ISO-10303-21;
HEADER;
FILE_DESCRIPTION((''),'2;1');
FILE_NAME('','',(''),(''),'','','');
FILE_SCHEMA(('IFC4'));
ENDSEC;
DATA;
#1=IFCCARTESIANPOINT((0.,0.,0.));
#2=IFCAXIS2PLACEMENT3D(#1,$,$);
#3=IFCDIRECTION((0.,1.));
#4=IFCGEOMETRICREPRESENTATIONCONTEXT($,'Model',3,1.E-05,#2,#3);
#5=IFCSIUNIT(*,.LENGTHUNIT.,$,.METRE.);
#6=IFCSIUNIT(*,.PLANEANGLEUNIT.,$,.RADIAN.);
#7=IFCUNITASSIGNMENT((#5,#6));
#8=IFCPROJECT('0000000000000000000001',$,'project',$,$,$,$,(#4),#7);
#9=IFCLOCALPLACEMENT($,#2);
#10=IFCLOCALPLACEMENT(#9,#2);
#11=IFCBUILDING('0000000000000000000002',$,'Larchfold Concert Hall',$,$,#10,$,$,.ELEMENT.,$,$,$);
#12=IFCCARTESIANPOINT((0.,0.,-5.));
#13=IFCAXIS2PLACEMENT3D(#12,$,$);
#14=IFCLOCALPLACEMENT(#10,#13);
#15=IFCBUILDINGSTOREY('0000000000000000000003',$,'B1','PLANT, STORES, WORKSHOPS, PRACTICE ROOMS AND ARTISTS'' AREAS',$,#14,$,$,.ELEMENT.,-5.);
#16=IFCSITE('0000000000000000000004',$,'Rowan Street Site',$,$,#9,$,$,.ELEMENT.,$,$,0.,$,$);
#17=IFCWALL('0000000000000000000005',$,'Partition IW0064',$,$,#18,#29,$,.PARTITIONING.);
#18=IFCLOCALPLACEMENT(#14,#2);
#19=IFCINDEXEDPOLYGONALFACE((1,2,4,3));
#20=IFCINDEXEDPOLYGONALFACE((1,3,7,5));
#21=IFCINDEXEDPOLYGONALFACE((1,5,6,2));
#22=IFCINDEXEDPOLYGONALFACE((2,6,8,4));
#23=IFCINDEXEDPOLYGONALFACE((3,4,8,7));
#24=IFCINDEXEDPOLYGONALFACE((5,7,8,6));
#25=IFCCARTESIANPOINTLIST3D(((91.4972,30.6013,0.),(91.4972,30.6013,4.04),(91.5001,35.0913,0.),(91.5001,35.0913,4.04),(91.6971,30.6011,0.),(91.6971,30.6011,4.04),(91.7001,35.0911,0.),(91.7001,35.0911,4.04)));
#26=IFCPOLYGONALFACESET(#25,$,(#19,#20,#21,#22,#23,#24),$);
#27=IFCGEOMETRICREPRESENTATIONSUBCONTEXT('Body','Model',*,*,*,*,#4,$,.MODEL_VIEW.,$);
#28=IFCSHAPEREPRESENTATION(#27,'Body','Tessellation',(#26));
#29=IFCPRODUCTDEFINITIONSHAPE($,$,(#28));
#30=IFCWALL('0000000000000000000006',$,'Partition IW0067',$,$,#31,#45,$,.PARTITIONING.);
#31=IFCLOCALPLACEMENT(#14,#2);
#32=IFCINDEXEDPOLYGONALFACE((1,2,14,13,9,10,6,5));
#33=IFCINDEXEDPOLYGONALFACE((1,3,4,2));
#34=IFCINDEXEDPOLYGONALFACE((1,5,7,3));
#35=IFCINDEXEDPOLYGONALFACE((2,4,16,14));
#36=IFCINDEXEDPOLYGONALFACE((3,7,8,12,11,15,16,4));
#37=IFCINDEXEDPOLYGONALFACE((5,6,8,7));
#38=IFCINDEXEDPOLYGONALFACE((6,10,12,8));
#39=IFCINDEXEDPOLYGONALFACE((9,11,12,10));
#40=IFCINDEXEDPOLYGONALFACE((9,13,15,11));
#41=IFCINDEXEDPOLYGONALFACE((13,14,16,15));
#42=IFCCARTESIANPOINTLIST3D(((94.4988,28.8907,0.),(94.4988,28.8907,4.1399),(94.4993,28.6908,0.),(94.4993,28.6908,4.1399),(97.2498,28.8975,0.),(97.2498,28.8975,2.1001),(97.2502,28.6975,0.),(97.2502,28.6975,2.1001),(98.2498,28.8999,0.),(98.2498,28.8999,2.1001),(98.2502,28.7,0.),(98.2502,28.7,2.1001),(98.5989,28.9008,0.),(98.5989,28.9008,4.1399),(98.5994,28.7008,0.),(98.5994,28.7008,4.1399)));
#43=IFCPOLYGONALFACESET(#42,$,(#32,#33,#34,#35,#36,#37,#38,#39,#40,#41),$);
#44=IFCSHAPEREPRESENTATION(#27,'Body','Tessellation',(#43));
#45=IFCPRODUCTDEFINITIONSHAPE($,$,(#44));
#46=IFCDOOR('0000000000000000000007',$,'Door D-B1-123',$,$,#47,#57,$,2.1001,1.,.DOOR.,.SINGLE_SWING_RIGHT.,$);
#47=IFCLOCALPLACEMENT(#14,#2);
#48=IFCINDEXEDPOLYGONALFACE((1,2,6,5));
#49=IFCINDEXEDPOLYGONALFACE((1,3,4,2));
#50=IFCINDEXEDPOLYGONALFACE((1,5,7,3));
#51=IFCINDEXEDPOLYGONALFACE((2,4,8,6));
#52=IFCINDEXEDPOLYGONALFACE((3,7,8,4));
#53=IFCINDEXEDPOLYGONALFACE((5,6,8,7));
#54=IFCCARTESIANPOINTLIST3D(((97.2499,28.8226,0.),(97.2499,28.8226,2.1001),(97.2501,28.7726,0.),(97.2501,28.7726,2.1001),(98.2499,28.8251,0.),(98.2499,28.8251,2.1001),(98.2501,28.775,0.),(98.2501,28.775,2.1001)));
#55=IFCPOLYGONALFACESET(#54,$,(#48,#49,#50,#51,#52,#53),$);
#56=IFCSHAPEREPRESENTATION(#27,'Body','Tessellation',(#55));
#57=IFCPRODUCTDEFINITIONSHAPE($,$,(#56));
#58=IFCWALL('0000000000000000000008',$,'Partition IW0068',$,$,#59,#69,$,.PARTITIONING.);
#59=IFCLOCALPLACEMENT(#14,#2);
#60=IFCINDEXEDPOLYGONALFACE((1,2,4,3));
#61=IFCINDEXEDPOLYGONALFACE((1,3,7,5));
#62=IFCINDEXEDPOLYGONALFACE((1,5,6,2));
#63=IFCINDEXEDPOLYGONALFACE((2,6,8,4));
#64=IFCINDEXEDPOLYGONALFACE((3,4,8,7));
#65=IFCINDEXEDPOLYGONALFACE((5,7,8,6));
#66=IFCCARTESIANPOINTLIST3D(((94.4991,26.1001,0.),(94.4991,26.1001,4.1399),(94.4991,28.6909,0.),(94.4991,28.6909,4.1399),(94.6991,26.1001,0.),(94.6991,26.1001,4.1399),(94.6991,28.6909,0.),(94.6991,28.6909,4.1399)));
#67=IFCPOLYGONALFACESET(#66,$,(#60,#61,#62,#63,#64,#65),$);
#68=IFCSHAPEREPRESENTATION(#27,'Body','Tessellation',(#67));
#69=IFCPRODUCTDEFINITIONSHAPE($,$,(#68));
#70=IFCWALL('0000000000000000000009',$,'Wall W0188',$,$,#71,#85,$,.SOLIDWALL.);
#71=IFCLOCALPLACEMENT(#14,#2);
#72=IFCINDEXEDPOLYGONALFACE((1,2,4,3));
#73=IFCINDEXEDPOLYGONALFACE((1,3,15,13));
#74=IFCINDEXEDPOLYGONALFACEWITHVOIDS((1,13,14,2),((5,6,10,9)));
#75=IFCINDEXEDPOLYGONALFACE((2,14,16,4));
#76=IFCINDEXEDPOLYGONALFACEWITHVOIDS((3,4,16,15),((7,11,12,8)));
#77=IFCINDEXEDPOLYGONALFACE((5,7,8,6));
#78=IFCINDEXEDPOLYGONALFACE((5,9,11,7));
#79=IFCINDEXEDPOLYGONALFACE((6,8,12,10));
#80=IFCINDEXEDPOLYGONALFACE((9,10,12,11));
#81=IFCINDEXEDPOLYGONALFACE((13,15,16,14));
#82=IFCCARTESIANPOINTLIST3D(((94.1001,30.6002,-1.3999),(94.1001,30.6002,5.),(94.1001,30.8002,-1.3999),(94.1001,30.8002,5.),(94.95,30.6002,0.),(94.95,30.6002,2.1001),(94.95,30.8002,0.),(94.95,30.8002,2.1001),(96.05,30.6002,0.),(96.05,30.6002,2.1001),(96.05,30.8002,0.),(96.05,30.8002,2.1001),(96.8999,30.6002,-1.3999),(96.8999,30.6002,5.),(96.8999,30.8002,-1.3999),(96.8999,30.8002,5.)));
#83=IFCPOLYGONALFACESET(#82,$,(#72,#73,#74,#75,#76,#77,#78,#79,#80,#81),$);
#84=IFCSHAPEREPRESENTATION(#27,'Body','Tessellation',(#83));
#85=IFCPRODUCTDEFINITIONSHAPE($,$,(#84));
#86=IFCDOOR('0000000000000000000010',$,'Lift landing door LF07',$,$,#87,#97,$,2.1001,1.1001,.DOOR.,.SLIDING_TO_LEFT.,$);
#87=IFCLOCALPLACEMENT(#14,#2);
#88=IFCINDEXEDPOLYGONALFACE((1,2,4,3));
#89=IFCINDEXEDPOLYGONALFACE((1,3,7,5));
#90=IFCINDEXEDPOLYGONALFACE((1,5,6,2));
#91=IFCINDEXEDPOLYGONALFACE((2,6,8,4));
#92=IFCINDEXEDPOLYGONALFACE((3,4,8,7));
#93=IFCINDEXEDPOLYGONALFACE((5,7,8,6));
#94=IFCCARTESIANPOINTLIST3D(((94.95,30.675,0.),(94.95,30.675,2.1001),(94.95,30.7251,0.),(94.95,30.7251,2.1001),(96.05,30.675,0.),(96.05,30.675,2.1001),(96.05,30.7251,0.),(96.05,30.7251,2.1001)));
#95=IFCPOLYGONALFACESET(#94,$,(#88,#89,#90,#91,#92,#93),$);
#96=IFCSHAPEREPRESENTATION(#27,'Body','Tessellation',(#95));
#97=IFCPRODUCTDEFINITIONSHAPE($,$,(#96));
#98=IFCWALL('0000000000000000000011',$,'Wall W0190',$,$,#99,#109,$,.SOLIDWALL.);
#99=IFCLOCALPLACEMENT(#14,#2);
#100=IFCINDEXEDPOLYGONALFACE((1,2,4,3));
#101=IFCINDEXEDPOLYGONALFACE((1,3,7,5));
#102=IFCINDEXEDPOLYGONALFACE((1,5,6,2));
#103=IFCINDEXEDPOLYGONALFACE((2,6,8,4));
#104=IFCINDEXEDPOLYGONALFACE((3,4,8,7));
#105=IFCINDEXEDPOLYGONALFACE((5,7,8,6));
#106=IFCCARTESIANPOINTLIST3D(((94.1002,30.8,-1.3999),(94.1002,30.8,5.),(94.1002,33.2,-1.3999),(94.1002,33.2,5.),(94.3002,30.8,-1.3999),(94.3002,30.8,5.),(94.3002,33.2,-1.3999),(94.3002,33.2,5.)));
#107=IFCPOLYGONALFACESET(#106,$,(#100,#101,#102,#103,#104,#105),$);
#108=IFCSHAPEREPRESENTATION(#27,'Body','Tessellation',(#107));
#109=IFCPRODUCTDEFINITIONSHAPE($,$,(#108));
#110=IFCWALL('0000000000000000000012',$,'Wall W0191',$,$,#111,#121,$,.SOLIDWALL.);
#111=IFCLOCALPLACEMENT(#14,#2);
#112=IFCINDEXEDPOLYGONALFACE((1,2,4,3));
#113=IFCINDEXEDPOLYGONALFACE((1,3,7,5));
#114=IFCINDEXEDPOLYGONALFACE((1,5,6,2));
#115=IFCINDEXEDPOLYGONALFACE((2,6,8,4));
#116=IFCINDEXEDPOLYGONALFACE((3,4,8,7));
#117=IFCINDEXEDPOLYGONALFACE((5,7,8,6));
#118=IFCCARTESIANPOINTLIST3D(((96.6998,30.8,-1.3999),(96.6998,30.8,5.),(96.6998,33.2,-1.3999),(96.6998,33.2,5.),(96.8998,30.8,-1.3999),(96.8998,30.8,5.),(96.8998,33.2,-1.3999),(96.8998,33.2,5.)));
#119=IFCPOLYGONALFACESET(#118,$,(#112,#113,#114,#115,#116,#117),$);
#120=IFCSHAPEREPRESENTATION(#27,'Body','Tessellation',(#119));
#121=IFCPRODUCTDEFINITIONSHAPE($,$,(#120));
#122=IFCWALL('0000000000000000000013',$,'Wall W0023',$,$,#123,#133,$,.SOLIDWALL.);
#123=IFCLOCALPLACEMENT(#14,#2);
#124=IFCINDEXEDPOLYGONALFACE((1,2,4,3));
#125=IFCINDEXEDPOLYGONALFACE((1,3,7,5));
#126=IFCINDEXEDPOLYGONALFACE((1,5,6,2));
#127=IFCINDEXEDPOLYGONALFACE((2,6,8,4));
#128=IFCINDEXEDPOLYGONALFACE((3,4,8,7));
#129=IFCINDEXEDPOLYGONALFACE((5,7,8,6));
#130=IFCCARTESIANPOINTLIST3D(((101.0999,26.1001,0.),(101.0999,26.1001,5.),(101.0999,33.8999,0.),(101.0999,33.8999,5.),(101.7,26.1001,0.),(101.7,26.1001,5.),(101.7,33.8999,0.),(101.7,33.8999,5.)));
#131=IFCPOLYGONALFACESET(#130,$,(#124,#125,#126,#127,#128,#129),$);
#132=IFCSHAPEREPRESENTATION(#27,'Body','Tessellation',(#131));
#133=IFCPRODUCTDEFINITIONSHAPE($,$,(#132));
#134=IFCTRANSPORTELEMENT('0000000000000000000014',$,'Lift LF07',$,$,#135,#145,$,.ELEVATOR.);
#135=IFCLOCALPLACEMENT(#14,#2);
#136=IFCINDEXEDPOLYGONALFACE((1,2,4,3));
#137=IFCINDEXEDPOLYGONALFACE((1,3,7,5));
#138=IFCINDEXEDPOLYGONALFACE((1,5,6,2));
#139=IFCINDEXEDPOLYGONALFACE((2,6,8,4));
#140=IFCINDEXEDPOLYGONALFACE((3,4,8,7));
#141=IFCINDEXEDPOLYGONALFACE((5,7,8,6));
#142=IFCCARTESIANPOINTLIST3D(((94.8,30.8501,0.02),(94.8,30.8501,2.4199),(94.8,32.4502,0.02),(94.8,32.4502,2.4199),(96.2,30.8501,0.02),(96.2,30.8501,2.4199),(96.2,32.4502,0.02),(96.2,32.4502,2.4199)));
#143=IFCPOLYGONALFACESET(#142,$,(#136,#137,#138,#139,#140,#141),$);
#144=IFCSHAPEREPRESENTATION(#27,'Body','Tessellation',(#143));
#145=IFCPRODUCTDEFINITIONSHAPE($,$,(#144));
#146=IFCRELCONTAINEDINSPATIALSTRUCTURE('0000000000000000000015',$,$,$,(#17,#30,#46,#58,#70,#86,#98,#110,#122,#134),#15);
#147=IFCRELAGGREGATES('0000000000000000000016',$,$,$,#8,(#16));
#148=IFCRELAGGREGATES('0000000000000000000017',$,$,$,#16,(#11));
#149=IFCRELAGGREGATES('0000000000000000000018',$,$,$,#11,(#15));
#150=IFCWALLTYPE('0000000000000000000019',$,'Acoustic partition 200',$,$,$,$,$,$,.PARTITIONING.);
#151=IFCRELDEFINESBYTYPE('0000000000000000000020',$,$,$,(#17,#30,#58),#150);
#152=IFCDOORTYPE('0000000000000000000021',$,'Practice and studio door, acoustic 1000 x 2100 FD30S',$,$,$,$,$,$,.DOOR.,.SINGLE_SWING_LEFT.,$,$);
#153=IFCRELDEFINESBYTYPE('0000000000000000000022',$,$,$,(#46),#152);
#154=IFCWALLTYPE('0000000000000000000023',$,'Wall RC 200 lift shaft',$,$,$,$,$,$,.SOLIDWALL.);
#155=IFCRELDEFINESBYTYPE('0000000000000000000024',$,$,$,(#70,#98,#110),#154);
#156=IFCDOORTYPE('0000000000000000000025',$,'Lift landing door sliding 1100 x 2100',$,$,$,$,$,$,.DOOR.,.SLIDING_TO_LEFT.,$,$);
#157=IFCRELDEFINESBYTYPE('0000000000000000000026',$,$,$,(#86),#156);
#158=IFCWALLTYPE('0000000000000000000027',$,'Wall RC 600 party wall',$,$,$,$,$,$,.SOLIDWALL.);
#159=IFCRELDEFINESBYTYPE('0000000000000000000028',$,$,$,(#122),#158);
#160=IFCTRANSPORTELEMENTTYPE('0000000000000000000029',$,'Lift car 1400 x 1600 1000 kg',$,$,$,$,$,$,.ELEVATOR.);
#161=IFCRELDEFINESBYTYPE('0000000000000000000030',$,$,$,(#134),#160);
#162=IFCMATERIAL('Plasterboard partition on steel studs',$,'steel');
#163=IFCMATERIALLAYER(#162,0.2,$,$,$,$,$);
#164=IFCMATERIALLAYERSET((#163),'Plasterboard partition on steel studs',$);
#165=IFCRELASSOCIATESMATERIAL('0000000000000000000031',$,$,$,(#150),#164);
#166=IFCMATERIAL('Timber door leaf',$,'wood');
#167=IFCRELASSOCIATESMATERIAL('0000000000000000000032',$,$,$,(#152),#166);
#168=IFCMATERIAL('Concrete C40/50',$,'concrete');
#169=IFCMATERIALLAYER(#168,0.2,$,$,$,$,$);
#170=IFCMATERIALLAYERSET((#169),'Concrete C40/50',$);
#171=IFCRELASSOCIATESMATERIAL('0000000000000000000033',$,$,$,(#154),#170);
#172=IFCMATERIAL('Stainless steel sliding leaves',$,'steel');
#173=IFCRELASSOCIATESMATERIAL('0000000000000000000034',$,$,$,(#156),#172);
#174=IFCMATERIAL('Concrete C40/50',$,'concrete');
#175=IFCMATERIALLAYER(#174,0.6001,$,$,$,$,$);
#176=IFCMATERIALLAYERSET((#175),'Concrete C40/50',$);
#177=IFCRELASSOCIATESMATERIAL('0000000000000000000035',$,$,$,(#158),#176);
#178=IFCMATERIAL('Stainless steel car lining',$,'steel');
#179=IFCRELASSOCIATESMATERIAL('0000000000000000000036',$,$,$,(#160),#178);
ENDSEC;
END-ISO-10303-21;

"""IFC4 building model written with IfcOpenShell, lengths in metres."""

from ifc_helpers import new_model, si_unit, direction, frame, frame_2d, origin, origin_2d, place, context, subcontext, project, spatial, rectangle, extrude, material, layer, layer_set, type_object, element, fill, save


model = new_model("IFC4")

# Units and contexts
model_context = context("Model", 3, precision=1e-05, world=origin(), true_north=direction((0.0, 1.0)))
body_context = subcontext(model_context, "Body", "Model", "MODEL_VIEW")
ifc_project = project(units=[si_unit("LENGTHUNIT", "METRE"), si_unit("PLANEANGLEUNIT", "RADIAN")], contexts=[model_context])

# Site, building, storey
site_placement = place(None, origin())
site = spatial("IfcSite", under=ifc_project, at=site_placement, Name="Rowan Street Site", CompositionType="ELEMENT", RefElevation=0.0)
building_placement = place(site_placement, origin())
building = spatial("IfcBuilding", under=site, at=building_placement, Name="Larchfold Concert Hall", CompositionType="ELEMENT")
storey_placement = place(building_placement, frame((0.0, 0.0, -5.0)))
storey = spatial("IfcBuildingStorey", under=building, at=storey_placement, Name="B1", Description="PLANT, STORES, WORKSHOPS, PRACTICE ROOMS AND ARTISTS' AREAS", CompositionType="ELEMENT", Elevation=-5.0)

# Wall
ifc_material_1 = material(Name="Plasterboard partition on steel studs", Category="steel")
ifc_layer_1 = layer(ifc_material_1, 0.2)
ifc_layer_set_1 = layer_set([ifc_layer_1], Name="Plasterboard partition on steel studs")
wall_type_1 = type_object("IfcWallType", Name="Acoustic partition 200", PredefinedType="PARTITIONING", material=ifc_layer_set_1)
wall_1_placement = place(storey_placement, frame((91.5972, 30.6011, 0.0), z_axis=(0.0, 0.0, 1.0), x_axis=(0.000652, 1.0, 0.0)))
element("IfcWall", 1, at=wall_1_placement, inside=storey, type_object=wall_type_1, Name="Partition IW0064", PredefinedType="PARTITIONING", context=body_context, shape_type="SweptSolid", body=[
    extrude(rectangle(XDim=4.49, YDim=0.2, at=frame_2d((2.2451, 0.0))), origin(), (0.0, 0.0, 1.0), 4.04),
])

# Wall, opening, door
wall_2_placement = place(storey_placement, frame((98.5991, 28.8008, 0.0), z_axis=(0.0, 0.0, 1.0), x_axis=(-0.999997, -0.002441, 0.0)))
wall_2 = element("IfcWall", 2, at=wall_2_placement, inside=storey, type_object=wall_type_1, Name="Partition IW0067", PredefinedType="PARTITIONING", context=body_context, shape_type="SweptSolid", body=[
    extrude(rectangle(XDim=4.1001, YDim=0.2, at=frame_2d((2.05, 0.0))), origin(), (0.0, 0.0, 1.0), 4.1399),
])
opening_1_placement = place(wall_2_placement, frame((0.3491, 0.0, 0.0)))
opening_1 = element("IfcOpeningElement", 3, at=opening_1_placement, cuts=wall_2, PredefinedType="OPENING", context=body_context, shape_type="SweptSolid", body=[
    extrude(rectangle(XDim=1.0, YDim=2.1001, at=frame_2d((0.5, 1.05))), frame((0.0, 0.1099, 0.0), z_axis=(0.0, -1.0, 0.0), x_axis=(1.0, 0.0, 0.0)), (0.0, 0.0, 1.0), 0.22),
])
ifc_material_2 = material(Name="Timber door leaf", Category="wood")
door_type_1 = type_object("IfcDoorType", Name="Practice and studio door, acoustic 1000 x 2100 FD30S", OperationType="SINGLE_SWING_LEFT", PredefinedType="DOOR", material=ifc_material_2)
door_1_placement = place(opening_1_placement, origin())
door_1 = element("IfcDoor", 4, at=door_1_placement, inside=storey, type_object=door_type_1, Name="Door D-B1-123", OperationType="SINGLE_SWING_RIGHT", OverallHeight=2.1001, OverallWidth=1.0, PredefinedType="DOOR", context=body_context, shape_type="SweptSolid", body=[
    extrude(rectangle(XDim=1.0, YDim=2.1001, at=frame_2d((0.5, 1.05))), frame((0.0, 0.0249, 0.0), z_axis=(0.0, -1.0, 0.0), x_axis=(1.0, 0.0, 0.0)), (0.0, 0.0, 1.0), 0.05),
])
fill(opening_1, door_1)

# Wall
wall_3_placement = place(storey_placement, frame((94.5991, 28.6909, 0.0), z_axis=(0.0, 0.0, 1.0), x_axis=(0.0, -1.0, 0.0)))
element("IfcWall", 5, at=wall_3_placement, inside=storey, type_object=wall_type_1, Name="Partition IW0068", PredefinedType="PARTITIONING", context=body_context, shape_type="SweptSolid", body=[
    extrude(rectangle(XDim=2.5908, YDim=0.2, at=frame_2d((1.2954, 0.0))), origin(), (0.0, 0.0, 1.0), 4.1399),
])

# Wall, opening, door
ifc_material_3 = material(Name="Concrete C40/50", Category="concrete")
ifc_layer_2 = layer(ifc_material_3, 0.2)
ifc_layer_set_2 = layer_set([ifc_layer_2], Name="Concrete C40/50")
wall_type_2 = type_object("IfcWallType", Name="Wall RC 200 lift shaft", PredefinedType="SOLIDWALL", material=ifc_layer_set_2)
wall_4_placement = place(storey_placement, frame((94.1001, 30.7002, -1.3999), z_axis=(0.0, 0.0, 1.0), x_axis=(1.0, 0.0, 0.0)))
wall_4 = element("IfcWall", 6, at=wall_4_placement, inside=storey, type_object=wall_type_2, Name="Wall W0188", PredefinedType="SOLIDWALL", context=body_context, shape_type="SweptSolid", body=[
    extrude(rectangle(XDim=2.7998, YDim=0.2, at=frame_2d((1.3999, 0.0))), origin(), (0.0, 0.0, 1.0), 6.3999),
])
opening_2_placement = place(wall_4_placement, frame((0.8499, 0.0, 1.3999)))
opening_2 = element("IfcOpeningElement", 7, at=opening_2_placement, cuts=wall_4, PredefinedType="OPENING", context=body_context, shape_type="SweptSolid", body=[
    extrude(rectangle(XDim=1.1001, YDim=2.1001, at=frame_2d((0.55, 1.05))), frame((0.0, 0.1099, 0.0), z_axis=(0.0, -1.0, 0.0), x_axis=(1.0, 0.0, 0.0)), (0.0, 0.0, 1.0), 0.22),
])
ifc_material_4 = material(Name="Stainless steel sliding leaves", Category="steel")
door_type_2 = type_object("IfcDoorType", Name="Lift landing door sliding 1100 x 2100", OperationType="SLIDING_TO_LEFT", PredefinedType="DOOR", material=ifc_material_4)
door_2_placement = place(opening_2_placement, origin())
door_2 = element("IfcDoor", 8, at=door_2_placement, inside=storey, type_object=door_type_2, Name="Lift landing door LF07", OperationType="SLIDING_TO_LEFT", OverallHeight=2.1001, OverallWidth=1.1001, PredefinedType="DOOR", context=body_context, shape_type="SweptSolid", body=[
    extrude(rectangle(XDim=1.1001, YDim=2.1001, at=frame_2d((0.55, 1.05))), frame((0.0, 0.0249, 0.0), z_axis=(0.0, -1.0, 0.0), x_axis=(1.0, 0.0, 0.0)), (0.0, 0.0, 1.0), 0.05),
])
fill(opening_2, door_2)

# Walls
for number, where, z_axis, x_axis, name in (
    (9, (94.2002, 30.8, -1.3999), (0.0, 0.0, 1.0), (0.0, 1.0, 0.0), "Wall W0190"),
    (10, (96.7998, 30.8, -1.3999), (0.0, 0.0, 1.0), (0.0, 1.0, 0.0), "Wall W0191"),
):
    element("IfcWall", number, at=place(storey_placement, frame(where, z_axis=z_axis, x_axis=x_axis)), inside=storey, type_object=wall_type_2, Name=name, PredefinedType="SOLIDWALL", context=body_context, shape_type="SweptSolid", body=[
        extrude(rectangle(XDim=2.3999, YDim=0.2, at=frame_2d((1.2, 0.0))), origin(), (0.0, 0.0, 1.0), 6.3999),
    ])
ifc_material_5 = material(Name="Concrete C40/50", Category="concrete")
ifc_layer_3 = layer(ifc_material_5, 0.6001)
ifc_layer_set_3 = layer_set([ifc_layer_3], Name="Concrete C40/50")
wall_type_3 = type_object("IfcWallType", Name="Wall RC 600 party wall", PredefinedType="SOLIDWALL", material=ifc_layer_set_3)
wall_5_placement = place(storey_placement, frame((101.3999, 26.1001, 0.0), z_axis=(0.0, 0.0, 1.0), x_axis=(0.0, 1.0, 0.0)))
element("IfcWall", 11, at=wall_5_placement, inside=storey, type_object=wall_type_3, Name="Wall W0023", PredefinedType="SOLIDWALL", context=body_context, shape_type="SweptSolid", body=[
    extrude(rectangle(XDim=7.7998, YDim=0.6001, at=frame_2d((3.8999, 0.0))), origin(), (0.0, 0.0, 1.0), 5.0),
])

# Transport element
ifc_material_6 = material(Name="Stainless steel car lining", Category="steel")
transport_element_type = type_object("IfcTransportElementType", Name="Lift car 1400 x 1600 1000 kg", PredefinedType="ELEVATOR", material=ifc_material_6)
transport_element_placement = place(storey_placement, frame((95.5, 31.6501, 0.02), z_axis=(0.0, 0.0, 1.0), x_axis=(1.0, 0.0, 0.0)))
element("IfcTransportElement", 12, at=transport_element_placement, inside=storey, type_object=transport_element_type, Name="Lift LF07", PredefinedType="ELEVATOR", context=body_context, shape_type="SweptSolid", body=[
    extrude(rectangle(XDim=1.3999, YDim=1.6001, at=origin_2d()), origin(), (0.0, 0.0, 1.0), 2.3999),
])

save(model, "model.ifc")
